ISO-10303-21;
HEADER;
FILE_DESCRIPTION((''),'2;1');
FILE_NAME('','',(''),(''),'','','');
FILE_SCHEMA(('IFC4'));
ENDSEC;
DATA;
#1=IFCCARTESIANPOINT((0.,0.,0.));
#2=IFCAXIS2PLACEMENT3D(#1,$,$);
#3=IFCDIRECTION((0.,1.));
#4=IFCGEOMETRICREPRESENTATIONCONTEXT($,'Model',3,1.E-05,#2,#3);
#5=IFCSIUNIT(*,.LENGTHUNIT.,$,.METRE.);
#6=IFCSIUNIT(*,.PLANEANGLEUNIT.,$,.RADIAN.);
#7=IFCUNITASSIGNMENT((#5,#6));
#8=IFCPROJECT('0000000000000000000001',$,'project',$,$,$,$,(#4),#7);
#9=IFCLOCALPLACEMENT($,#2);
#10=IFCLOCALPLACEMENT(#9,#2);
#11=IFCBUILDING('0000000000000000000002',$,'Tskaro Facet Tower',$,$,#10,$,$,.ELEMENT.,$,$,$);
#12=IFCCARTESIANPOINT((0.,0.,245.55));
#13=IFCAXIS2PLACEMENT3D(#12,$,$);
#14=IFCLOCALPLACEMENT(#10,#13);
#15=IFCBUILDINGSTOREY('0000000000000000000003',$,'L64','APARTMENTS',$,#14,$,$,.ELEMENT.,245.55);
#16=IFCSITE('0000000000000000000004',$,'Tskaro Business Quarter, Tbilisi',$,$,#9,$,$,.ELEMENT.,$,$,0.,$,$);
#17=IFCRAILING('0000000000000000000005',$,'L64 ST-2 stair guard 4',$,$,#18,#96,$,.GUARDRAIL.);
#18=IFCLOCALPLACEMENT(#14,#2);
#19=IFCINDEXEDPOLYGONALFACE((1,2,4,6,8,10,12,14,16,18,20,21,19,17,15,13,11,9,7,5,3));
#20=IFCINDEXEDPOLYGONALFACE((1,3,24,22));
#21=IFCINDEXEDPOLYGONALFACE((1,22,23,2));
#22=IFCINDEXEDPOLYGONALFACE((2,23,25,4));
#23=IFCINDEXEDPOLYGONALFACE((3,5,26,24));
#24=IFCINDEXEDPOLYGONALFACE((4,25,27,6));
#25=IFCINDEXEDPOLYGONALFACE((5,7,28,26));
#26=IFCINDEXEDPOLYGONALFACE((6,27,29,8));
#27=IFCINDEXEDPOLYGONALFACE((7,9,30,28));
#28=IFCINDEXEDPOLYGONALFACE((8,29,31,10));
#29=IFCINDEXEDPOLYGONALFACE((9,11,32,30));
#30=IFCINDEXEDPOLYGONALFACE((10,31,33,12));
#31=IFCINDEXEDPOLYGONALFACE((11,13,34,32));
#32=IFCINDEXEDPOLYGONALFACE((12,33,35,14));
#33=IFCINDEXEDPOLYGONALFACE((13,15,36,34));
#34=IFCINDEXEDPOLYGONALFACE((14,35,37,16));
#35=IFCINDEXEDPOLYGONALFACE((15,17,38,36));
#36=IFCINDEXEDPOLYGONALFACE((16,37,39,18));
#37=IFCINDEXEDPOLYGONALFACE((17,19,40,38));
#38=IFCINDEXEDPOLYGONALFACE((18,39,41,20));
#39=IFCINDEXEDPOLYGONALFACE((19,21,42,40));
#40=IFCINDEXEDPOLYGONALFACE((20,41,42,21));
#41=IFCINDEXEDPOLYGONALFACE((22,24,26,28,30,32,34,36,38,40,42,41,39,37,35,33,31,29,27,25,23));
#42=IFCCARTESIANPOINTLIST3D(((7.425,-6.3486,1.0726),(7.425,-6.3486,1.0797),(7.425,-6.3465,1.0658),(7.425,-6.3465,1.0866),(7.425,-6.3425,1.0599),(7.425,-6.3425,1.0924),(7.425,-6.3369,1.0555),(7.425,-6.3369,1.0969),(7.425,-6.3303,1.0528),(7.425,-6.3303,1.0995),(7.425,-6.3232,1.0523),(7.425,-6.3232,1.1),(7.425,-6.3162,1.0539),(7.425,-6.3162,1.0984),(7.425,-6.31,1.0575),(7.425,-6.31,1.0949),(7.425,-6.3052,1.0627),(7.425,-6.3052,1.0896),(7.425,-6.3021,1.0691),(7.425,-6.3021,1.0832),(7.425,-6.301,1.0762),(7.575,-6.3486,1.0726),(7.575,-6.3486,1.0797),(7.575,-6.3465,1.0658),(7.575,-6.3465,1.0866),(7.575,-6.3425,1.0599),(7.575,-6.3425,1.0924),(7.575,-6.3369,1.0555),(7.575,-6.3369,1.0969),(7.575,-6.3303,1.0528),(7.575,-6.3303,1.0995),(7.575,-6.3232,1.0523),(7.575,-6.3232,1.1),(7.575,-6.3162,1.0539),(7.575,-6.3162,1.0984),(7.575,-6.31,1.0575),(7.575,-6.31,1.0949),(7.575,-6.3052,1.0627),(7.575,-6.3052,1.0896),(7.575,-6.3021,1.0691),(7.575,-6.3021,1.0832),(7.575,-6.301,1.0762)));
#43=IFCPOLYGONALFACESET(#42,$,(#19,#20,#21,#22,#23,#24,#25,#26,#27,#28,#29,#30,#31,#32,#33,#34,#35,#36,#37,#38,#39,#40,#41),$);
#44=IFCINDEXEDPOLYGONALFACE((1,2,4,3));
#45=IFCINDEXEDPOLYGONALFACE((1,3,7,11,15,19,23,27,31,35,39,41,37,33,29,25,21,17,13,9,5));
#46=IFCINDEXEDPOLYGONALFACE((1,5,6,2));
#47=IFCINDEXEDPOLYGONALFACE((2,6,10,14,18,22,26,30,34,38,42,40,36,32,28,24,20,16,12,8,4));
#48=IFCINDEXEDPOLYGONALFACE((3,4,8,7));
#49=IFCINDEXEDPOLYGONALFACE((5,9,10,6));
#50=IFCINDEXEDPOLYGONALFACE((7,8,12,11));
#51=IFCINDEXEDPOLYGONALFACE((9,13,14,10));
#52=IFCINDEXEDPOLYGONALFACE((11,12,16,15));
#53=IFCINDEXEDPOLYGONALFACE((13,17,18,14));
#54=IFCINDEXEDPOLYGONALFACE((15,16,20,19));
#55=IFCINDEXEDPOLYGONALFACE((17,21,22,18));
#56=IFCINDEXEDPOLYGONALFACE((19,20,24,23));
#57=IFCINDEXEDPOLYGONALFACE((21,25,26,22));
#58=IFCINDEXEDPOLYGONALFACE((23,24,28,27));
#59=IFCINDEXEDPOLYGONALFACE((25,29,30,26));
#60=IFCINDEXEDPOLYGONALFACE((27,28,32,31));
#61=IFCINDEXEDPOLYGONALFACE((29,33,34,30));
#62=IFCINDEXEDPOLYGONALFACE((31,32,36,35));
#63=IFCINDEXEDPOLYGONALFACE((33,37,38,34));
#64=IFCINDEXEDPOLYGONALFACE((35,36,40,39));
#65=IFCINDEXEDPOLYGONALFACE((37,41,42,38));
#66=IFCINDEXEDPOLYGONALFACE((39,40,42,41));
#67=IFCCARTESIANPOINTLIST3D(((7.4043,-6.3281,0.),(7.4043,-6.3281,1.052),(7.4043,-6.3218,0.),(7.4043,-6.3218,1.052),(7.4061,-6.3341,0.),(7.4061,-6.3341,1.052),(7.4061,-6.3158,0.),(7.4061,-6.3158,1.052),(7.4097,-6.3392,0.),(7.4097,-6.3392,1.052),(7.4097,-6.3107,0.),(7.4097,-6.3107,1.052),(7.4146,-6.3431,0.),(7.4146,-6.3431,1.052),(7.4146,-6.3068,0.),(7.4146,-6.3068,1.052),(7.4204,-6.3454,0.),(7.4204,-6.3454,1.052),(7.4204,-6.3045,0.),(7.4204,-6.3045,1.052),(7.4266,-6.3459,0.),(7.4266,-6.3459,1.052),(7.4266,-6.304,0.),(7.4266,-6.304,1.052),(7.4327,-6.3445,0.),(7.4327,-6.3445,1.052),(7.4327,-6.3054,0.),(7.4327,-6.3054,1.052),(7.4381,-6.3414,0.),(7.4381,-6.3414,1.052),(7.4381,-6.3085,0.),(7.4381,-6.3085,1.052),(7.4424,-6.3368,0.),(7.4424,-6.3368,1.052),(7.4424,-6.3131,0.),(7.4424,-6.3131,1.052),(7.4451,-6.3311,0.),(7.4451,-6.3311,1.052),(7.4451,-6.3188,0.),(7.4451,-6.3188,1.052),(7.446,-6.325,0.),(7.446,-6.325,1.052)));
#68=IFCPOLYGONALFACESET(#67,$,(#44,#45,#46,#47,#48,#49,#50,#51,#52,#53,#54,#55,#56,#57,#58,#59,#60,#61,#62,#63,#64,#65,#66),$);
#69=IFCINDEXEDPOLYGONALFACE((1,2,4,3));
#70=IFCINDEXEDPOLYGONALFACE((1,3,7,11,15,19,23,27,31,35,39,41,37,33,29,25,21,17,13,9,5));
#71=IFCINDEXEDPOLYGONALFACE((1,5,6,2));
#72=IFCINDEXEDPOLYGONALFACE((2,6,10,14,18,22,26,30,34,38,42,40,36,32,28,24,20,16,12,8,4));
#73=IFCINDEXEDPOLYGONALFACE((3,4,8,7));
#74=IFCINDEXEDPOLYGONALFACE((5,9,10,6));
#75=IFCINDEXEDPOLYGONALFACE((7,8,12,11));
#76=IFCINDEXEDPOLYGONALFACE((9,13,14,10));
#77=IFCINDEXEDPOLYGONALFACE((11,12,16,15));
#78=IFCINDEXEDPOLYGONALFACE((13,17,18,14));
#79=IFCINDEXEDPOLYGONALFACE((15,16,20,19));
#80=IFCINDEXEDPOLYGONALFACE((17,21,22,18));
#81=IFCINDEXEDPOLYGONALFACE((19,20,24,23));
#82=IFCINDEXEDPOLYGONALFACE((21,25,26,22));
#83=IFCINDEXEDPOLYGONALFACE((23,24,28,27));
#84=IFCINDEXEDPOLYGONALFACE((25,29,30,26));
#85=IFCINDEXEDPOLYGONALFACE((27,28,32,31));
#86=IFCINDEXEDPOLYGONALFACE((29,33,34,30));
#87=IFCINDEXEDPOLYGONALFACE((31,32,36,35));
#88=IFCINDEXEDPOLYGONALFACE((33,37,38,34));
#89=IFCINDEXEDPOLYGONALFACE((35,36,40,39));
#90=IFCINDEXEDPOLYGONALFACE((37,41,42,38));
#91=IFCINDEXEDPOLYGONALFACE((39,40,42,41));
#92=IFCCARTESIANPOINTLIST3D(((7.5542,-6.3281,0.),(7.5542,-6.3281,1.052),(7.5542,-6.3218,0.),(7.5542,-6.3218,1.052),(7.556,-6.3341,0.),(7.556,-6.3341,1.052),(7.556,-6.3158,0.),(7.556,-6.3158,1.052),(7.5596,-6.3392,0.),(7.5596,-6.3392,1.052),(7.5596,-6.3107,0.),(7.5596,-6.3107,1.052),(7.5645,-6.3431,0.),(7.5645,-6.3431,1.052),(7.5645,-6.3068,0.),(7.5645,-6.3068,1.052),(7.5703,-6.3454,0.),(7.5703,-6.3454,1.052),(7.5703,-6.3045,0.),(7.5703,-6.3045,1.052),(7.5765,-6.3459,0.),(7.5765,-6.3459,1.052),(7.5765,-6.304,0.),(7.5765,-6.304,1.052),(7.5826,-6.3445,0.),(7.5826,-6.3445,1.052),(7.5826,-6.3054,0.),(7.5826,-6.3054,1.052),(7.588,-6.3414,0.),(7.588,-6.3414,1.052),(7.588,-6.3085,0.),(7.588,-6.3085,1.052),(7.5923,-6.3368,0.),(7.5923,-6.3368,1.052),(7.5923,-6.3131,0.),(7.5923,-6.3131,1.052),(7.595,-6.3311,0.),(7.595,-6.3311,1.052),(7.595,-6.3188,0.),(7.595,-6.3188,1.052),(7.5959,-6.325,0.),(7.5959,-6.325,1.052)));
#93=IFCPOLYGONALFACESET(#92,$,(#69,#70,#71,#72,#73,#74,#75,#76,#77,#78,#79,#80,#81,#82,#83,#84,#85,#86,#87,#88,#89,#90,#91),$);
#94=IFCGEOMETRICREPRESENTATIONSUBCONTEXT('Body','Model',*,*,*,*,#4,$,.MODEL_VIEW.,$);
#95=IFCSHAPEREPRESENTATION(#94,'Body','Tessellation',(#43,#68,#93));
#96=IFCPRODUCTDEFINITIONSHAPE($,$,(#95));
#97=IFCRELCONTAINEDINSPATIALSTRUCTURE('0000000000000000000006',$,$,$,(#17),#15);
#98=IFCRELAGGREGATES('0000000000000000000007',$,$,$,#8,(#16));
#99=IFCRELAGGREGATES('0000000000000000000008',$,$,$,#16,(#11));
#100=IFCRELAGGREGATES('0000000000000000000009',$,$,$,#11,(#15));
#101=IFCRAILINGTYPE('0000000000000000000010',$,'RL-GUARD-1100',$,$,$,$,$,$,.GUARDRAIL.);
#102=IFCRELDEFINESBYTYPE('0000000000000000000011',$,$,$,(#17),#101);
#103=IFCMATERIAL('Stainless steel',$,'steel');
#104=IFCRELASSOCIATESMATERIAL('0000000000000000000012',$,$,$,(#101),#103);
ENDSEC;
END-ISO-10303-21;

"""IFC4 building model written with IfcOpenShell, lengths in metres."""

from ifc_helpers import new_model, si_unit, direction, frame, origin, origin_2d, place, context, subcontext, project, spatial, circle, extrude, material, type_object, element, save


model = new_model("IFC4")

# Units and contexts
model_context = context("Model", 3, precision=1e-05, world=origin(), true_north=direction((0.0, 1.0)))
body_context = subcontext(model_context, "Body", "Model", "MODEL_VIEW")
ifc_project = project(units=[si_unit("LENGTHUNIT", "METRE"), si_unit("PLANEANGLEUNIT", "RADIAN")], contexts=[model_context])

# Site, building, storey
site_placement = place(None, origin())
site = spatial("IfcSite", under=ifc_project, at=site_placement, Name="Tskaro Business Quarter, Tbilisi", CompositionType="ELEMENT", RefElevation=0.0)
building_placement = place(site_placement, origin())
building = spatial("IfcBuilding", under=site, at=building_placement, Name="Tskaro Facet Tower", CompositionType="ELEMENT")
storey_placement = place(building_placement, frame((0.0, 0.0, 245.55)))
storey = spatial("IfcBuildingStorey", under=building, at=storey_placement, Name="L64", Description="APARTMENTS", CompositionType="ELEMENT", Elevation=245.55)

# Shared definitions
ifc_material_1 = material(Name="Stainless steel", Category="steel")

# Railing
railing_type_1 = type_object("IfcRailingType", Name="RL-GUARD-1100", PredefinedType="GUARDRAIL", material=ifc_material_1)
railing_1_placement = place(storey_placement, frame((7.425, -6.325, 0.0)))
element("IfcRailing", 1, at=railing_1_placement, inside=storey, type_object=railing_type_1, Name="L64 ST-2 stair guard 4", PredefinedType="GUARDRAIL", context=body_context, shape_type="SweptSolid", body=[
    extrude(circle(Radius=0.0239, at=origin_2d()), frame((0.0, 0.0, 1.0762), z_axis=(1.0, 0.0, 0.0), x_axis=(0.0, 1.0, 0.0)), (0.0, 0.0, 1.0), 0.1499),
    extrude(circle(Radius=0.021, at=origin_2d()), origin(), (0.0, 0.0, 1.0), 1.052),
    extrude(circle(Radius=0.021, at=origin_2d()), frame((0.1499, 0.0, 0.0)), (0.0, 0.0, 1.0), 1.052),
])

save(model, "model.ifc")
